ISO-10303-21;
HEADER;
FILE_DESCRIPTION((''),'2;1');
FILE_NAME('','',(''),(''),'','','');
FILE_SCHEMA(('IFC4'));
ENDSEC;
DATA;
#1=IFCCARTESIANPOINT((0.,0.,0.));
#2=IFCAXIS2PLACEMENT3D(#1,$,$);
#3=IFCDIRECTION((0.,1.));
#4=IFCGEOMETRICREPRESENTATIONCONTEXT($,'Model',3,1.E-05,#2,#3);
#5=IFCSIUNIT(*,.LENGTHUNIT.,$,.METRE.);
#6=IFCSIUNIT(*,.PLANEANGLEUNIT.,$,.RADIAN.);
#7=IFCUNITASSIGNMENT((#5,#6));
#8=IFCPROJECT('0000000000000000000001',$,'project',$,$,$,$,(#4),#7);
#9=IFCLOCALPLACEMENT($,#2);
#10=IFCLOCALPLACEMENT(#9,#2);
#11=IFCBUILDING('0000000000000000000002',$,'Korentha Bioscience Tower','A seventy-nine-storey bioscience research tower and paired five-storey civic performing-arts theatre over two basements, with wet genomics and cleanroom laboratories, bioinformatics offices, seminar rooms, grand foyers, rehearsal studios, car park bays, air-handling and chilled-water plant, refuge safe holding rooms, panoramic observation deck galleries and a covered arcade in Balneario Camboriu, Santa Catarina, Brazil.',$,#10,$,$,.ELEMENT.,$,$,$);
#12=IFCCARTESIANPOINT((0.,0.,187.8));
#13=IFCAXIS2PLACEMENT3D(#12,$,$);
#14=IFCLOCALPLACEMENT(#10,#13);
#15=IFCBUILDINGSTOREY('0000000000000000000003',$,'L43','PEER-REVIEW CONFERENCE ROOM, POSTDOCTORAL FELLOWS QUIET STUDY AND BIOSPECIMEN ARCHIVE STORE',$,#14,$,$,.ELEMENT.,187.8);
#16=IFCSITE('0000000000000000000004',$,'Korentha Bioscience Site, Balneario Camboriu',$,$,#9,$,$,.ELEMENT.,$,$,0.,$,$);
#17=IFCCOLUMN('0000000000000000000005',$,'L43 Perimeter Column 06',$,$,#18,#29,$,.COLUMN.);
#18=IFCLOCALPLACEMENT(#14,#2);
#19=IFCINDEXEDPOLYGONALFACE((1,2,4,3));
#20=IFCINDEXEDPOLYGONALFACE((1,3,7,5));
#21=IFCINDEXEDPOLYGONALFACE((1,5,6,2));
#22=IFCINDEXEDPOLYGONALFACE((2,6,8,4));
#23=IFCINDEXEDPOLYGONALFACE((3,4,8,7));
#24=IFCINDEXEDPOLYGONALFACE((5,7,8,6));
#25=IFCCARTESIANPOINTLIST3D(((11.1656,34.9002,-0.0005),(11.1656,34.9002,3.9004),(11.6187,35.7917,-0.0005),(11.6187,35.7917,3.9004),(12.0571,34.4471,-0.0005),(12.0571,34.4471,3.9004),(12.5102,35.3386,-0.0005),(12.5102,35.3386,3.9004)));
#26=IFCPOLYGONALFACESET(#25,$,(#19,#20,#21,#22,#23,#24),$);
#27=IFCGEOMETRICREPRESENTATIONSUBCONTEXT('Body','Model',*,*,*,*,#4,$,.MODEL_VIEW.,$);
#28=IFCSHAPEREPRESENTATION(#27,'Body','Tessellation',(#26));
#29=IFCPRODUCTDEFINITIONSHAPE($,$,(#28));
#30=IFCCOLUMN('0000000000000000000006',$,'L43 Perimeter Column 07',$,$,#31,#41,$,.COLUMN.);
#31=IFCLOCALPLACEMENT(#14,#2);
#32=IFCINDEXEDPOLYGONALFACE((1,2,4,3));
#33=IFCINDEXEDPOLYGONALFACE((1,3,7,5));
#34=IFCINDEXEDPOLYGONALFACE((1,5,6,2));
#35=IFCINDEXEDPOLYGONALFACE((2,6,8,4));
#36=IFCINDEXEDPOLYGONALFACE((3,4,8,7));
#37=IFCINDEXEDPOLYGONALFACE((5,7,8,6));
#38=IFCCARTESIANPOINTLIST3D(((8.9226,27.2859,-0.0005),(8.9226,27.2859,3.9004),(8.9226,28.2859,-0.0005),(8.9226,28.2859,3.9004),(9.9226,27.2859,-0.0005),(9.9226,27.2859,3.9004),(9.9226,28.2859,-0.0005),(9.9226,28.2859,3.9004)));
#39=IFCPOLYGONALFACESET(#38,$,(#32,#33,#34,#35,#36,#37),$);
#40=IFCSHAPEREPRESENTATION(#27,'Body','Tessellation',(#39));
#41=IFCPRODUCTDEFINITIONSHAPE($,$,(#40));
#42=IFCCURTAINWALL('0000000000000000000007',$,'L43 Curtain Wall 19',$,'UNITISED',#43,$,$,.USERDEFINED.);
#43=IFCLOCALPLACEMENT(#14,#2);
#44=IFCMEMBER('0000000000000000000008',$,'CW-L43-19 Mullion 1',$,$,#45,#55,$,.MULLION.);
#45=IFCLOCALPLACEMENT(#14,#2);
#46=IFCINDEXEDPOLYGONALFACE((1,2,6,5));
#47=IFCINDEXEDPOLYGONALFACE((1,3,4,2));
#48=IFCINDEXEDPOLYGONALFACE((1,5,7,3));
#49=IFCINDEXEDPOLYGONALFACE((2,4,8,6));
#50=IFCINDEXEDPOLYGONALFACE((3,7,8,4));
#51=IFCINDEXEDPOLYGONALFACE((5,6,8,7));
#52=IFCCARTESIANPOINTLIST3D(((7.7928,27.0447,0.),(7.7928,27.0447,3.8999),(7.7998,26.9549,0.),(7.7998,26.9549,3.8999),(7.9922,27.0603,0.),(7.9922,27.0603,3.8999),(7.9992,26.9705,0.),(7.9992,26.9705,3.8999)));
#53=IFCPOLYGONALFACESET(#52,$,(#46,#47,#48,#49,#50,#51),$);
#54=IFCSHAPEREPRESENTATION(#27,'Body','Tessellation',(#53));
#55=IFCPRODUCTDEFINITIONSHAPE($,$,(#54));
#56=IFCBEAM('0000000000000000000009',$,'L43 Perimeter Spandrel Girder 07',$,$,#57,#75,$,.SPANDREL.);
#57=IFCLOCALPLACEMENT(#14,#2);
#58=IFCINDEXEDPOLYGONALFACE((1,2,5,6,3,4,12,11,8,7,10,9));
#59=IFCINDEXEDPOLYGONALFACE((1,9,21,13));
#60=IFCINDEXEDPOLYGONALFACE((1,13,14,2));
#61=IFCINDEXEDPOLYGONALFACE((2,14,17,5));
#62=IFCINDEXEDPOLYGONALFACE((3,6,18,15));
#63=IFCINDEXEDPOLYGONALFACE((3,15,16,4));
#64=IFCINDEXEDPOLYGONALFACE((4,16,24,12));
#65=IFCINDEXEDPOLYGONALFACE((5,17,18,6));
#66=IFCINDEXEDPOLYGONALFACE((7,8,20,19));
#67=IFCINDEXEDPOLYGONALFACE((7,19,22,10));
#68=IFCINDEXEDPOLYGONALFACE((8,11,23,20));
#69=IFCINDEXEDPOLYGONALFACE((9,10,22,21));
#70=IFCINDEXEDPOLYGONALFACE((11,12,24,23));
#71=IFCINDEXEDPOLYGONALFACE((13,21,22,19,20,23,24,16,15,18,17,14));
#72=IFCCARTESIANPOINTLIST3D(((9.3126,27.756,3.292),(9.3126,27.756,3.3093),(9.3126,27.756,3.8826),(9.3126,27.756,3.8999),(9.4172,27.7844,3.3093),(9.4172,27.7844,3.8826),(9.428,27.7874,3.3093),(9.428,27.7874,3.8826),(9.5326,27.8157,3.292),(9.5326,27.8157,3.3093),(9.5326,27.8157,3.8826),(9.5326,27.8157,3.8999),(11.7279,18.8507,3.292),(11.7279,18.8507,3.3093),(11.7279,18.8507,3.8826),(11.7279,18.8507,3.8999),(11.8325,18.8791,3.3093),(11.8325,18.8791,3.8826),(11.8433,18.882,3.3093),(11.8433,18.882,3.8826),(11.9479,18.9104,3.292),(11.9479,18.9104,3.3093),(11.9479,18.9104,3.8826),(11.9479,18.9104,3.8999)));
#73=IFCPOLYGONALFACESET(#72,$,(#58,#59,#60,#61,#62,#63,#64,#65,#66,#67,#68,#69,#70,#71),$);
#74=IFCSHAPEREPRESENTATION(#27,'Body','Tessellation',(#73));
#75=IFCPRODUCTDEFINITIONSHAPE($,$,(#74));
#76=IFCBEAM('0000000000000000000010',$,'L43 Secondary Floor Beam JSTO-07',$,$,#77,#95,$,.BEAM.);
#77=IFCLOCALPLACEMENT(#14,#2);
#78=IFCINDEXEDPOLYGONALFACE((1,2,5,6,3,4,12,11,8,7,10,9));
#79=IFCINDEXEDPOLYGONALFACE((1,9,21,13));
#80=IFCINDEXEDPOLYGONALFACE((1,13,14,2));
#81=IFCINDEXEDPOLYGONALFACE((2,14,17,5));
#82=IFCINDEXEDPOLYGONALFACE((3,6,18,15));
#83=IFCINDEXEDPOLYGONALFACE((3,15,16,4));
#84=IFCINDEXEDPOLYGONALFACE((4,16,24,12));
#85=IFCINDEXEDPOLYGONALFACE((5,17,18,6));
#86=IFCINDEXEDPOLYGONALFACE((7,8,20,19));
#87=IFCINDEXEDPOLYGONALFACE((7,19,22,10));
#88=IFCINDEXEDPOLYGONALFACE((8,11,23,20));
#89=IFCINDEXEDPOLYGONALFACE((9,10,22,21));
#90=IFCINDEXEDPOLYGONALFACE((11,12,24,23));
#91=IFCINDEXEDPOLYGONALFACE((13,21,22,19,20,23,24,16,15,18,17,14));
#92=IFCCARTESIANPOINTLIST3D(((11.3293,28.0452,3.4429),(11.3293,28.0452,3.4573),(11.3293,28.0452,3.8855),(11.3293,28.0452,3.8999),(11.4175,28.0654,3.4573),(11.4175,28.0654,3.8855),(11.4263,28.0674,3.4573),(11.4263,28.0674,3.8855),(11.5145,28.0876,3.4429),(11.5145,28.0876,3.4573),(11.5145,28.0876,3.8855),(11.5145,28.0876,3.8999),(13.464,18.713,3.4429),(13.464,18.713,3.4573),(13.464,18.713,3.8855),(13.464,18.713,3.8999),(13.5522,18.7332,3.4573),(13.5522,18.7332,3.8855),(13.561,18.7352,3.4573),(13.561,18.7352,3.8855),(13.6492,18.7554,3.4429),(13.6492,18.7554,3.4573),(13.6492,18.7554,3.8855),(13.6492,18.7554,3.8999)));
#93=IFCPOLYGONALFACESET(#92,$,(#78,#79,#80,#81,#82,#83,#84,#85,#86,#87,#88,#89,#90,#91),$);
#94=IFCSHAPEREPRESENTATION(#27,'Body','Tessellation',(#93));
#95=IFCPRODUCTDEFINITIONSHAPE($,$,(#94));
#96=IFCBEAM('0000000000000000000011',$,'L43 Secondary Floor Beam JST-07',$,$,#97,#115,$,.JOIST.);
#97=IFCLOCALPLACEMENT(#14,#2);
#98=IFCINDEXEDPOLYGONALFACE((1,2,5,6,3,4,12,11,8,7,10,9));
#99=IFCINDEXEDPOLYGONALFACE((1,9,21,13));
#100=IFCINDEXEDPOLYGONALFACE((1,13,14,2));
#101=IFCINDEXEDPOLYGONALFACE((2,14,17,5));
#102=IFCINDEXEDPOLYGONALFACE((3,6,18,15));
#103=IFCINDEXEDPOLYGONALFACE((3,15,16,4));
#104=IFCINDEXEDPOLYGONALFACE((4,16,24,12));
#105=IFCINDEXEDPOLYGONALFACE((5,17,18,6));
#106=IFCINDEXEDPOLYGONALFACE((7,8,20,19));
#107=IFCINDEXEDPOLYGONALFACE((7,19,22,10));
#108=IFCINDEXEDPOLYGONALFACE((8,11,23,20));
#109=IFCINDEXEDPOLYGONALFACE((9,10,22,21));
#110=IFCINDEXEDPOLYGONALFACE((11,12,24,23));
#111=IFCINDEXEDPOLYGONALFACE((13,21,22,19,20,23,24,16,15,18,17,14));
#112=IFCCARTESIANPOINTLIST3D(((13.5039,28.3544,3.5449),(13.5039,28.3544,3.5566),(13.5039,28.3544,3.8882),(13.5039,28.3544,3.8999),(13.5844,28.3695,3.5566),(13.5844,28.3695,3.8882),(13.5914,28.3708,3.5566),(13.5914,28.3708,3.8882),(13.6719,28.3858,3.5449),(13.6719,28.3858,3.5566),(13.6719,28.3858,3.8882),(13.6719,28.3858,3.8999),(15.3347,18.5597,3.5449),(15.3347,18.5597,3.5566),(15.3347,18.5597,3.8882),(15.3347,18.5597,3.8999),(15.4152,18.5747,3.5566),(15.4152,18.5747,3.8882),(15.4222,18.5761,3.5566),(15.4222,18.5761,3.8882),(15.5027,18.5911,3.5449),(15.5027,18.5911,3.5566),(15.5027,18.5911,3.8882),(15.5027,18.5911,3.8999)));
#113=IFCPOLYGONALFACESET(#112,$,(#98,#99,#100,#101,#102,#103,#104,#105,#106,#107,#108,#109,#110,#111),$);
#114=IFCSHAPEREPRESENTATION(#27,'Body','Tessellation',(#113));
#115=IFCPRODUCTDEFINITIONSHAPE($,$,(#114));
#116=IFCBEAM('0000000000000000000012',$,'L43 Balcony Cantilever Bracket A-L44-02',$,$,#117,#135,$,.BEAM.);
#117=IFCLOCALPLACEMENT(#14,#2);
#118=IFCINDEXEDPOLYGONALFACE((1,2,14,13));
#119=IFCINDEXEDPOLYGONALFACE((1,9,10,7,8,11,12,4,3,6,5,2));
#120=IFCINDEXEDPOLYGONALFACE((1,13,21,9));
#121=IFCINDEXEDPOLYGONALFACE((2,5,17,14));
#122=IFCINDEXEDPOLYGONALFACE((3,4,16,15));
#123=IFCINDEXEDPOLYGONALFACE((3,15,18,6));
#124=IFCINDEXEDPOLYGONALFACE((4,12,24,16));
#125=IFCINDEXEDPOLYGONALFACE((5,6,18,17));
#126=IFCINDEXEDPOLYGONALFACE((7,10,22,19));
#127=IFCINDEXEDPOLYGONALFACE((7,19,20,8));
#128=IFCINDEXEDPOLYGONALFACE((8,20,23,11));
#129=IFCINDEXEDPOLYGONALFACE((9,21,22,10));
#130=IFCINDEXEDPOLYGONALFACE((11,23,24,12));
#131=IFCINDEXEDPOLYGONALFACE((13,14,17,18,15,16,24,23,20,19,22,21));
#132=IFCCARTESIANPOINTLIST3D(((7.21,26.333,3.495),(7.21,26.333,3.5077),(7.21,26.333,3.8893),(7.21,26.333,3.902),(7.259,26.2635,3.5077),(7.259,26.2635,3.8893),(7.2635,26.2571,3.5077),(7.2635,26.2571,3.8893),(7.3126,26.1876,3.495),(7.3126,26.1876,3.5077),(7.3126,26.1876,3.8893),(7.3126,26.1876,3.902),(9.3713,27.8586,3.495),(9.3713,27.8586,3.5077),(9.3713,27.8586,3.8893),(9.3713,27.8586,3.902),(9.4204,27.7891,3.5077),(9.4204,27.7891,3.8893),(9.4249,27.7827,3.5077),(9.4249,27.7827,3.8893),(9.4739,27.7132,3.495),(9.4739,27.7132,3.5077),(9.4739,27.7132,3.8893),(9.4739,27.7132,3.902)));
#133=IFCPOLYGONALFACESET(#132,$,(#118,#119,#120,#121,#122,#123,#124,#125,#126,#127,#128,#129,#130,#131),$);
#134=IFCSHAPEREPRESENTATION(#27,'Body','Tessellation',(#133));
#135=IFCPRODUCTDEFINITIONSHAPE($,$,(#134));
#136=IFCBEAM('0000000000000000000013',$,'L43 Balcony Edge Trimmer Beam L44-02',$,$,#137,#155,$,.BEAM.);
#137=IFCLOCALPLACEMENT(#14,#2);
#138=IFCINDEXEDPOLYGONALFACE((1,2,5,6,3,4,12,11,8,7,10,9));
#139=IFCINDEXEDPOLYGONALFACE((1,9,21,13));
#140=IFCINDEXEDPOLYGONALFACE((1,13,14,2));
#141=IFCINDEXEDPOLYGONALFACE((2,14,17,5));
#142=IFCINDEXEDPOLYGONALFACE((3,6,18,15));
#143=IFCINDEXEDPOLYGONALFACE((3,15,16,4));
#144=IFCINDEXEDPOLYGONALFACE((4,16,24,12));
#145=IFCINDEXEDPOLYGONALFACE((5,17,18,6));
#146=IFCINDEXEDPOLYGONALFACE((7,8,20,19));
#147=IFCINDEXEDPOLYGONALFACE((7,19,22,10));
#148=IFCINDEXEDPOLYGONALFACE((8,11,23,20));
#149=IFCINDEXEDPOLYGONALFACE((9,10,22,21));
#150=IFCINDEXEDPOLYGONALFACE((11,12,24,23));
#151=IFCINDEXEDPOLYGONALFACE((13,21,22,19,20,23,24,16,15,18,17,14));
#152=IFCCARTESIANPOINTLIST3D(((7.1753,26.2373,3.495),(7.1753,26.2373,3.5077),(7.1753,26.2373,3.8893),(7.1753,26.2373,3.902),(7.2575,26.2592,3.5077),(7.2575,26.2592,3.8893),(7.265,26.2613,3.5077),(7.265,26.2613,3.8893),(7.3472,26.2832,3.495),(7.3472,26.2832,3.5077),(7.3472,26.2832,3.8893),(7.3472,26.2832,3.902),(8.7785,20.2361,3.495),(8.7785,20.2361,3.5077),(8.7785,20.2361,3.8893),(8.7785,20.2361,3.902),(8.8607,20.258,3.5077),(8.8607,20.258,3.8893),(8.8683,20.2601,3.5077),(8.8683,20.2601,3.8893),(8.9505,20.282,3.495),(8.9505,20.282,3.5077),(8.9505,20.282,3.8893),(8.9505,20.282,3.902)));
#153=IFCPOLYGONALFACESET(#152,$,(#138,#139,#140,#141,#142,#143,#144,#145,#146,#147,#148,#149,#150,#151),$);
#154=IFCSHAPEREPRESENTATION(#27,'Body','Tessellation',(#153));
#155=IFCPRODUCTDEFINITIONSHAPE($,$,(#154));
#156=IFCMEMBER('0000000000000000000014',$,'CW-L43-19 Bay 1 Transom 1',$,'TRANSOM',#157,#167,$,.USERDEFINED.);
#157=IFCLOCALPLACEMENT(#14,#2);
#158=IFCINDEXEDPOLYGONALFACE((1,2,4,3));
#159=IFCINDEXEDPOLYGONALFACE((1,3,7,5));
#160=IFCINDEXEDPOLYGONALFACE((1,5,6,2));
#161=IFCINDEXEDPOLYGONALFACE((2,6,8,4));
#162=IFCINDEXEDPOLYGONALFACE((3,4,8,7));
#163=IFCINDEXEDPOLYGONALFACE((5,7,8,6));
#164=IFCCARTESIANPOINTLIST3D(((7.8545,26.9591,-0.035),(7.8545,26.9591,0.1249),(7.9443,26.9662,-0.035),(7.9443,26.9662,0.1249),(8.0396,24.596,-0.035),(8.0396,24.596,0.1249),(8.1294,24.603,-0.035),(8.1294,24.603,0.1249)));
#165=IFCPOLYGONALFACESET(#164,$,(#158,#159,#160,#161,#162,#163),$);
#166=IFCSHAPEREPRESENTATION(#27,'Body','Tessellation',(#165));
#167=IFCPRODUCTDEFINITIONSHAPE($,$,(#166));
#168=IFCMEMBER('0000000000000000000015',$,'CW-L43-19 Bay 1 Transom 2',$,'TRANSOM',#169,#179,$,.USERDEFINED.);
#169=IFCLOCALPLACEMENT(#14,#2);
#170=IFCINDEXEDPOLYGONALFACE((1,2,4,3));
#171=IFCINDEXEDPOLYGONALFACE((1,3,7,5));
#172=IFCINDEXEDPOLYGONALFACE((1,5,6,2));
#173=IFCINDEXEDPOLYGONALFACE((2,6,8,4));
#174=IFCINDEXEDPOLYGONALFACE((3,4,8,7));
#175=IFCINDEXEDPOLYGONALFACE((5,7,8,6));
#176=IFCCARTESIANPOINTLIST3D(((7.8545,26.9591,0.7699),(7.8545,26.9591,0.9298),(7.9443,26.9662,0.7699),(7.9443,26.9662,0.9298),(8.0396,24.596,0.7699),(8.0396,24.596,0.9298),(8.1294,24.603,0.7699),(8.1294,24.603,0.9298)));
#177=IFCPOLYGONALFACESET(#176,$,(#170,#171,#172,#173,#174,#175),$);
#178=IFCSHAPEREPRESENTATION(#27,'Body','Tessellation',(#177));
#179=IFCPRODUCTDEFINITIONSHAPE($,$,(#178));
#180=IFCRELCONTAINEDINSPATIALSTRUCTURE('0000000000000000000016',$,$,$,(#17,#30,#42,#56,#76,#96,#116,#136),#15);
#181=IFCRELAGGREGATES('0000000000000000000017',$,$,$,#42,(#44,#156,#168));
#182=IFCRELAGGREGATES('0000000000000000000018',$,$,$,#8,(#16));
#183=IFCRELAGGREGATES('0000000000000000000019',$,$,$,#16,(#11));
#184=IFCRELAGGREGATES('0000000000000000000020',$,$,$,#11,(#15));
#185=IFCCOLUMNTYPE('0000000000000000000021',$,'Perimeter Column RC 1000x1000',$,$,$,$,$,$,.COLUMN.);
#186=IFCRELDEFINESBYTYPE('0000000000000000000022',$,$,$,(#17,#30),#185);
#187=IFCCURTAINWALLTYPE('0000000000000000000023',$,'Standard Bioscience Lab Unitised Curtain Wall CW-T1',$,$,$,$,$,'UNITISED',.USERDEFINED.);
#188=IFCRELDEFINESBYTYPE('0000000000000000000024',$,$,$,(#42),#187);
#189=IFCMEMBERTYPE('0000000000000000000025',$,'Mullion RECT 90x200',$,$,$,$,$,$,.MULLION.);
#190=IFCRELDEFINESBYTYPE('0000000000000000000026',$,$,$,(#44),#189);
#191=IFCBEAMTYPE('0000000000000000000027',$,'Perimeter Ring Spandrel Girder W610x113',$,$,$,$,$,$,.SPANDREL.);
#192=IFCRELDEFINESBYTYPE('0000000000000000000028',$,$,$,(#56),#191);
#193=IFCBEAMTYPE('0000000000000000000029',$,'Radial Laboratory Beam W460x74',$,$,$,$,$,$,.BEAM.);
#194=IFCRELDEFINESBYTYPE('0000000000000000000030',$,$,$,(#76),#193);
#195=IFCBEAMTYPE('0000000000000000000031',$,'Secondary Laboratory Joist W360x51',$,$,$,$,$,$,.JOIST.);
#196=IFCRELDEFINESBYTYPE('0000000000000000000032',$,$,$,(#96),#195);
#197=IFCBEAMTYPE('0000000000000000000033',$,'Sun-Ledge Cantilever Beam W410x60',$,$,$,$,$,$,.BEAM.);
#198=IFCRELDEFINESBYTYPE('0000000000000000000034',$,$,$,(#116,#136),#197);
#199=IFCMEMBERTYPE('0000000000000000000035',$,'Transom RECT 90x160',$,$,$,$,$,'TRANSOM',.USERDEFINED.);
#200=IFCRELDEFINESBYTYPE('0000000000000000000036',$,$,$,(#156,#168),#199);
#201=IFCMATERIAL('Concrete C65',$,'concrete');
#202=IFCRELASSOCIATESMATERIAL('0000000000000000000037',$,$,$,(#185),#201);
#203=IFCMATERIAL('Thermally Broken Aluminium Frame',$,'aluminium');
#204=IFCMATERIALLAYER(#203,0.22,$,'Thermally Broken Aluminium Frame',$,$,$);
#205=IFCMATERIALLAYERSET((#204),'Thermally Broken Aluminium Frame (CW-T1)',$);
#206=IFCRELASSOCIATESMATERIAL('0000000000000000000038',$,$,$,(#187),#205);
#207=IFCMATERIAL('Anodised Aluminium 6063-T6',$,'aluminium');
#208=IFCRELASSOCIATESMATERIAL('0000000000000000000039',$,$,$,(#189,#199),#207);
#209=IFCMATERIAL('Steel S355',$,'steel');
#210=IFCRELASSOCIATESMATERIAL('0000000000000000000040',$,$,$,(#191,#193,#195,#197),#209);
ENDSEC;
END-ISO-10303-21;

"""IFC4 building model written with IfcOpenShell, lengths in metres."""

from ifc_helpers import new_model, si_unit, direction, frame, origin, origin_2d, place, context, subcontext, project, spatial, rectangle, i_section, extrude, material, layer, layer_set, material_profile, profile_set, type_object, element, aggregate, save


model = new_model("IFC4")

# Units and contexts
model_context = context("Model", 3, precision=1e-05, world=origin(), true_north=direction((0.0, 1.0)))
body_context = subcontext(model_context, "Body", "Model", "MODEL_VIEW")
ifc_project = project(units=[si_unit("LENGTHUNIT", "METRE"), si_unit("PLANEANGLEUNIT", "RADIAN")], contexts=[model_context])

# Site, building, storey
site_placement = place(None, origin())
site = spatial("IfcSite", under=ifc_project, at=site_placement, Name="Korentha Bioscience Site, Balneario Camboriu", CompositionType="ELEMENT", RefElevation=0.0)
building_placement = place(site_placement, origin())
building = spatial("IfcBuilding", under=site, at=building_placement, Name="Korentha Bioscience Tower", Description="A seventy-nine-storey bioscience research tower and paired five-storey civic performing-arts theatre over two basements, with wet genomics and cleanroom laboratories, bioinformatics offices, seminar rooms, grand foyers, rehearsal studios, car park bays, air-handling and chilled-water plant, refuge safe holding rooms, panoramic observation deck galleries and a covered arcade in Balneario Camboriu, Santa Catarina, Brazil.", CompositionType="ELEMENT")
storey_placement = place(building_placement, frame((0.0, 0.0, 187.8)))
storey = spatial("IfcBuildingStorey", under=building, at=storey_placement, Name="L43", Description="PEER-REVIEW CONFERENCE ROOM, POSTDOCTORAL FELLOWS QUIET STUDY AND BIOSPECIMEN ARCHIVE STORE", CompositionType="ELEMENT", Elevation=187.8)

# Columns
ifc_material_1 = material(Name="Concrete C65", Category="concrete")
ifc_material_profile_1 = material_profile(ifc_material_1, rectangle(XDim=1.0, YDim=1.0, at=origin_2d()), Name="Concrete C65")
ifc_profile_set_1 = profile_set([ifc_material_profile_1], Name="Concrete C65 (COL-P10)")
column_type = type_object("IfcColumnType", Name="Perimeter Column RC 1000x1000", PredefinedType="COLUMN", material=ifc_profile_set_1)
for number, where, z_axis, x_axis, name in (
    (1, (11.8379, 35.1194, -0.0005), (0.0, 0.0, 1.0), (0.453057, 0.891481, 0.0), "L43 Perimeter Column 06"),
    (2, (9.4226, 27.7859, -0.0005), (0.0, 0.0, 1.0), (0.0, 1.0, 0.0), "L43 Perimeter Column 07"),
):
    element("IfcColumn", number, at=place(storey_placement, frame(where, z_axis=z_axis, x_axis=x_axis)), inside=storey, type_object=column_type, Name=name, PredefinedType="COLUMN", context=body_context, shape_type="SweptSolid", body=[
        extrude(rectangle(XDim=1.0, YDim=1.0, at=origin_2d()), origin(), (0.0, 0.0, 1.0), 3.9009),
    ])

# Curtain wall, member
ifc_material_2 = material(Name="Thermally Broken Aluminium Frame", Category="aluminium")
ifc_layer_1 = layer(ifc_material_2, 0.22, Name="Thermally Broken Aluminium Frame")
ifc_layer_set_1 = layer_set([ifc_layer_1], Name="Thermally Broken Aluminium Frame (CW-T1)")
curtain_wall_type = type_object("IfcCurtainWallType", Name="Standard Bioscience Lab Unitised Curtain Wall CW-T1", ElementType="UNITISED", PredefinedType="USERDEFINED", material=ifc_layer_set_1)
curtain_wall_placement = place(storey_placement, origin())
curtain_wall = element("IfcCurtainWall", 3, at=curtain_wall_placement, inside=storey, type_object=curtain_wall_type, Name="L43 Curtain Wall 19", ObjectType="UNITISED", PredefinedType="USERDEFINED")
ifc_material_3 = material(Name="Anodised Aluminium 6063-T6", Category="aluminium")
ifc_material_profile_2 = material_profile(ifc_material_3, rectangle(XDim=0.0901, YDim=0.2, at=origin_2d()), Name="Anodised Aluminium 6063-T6")
ifc_profile_set_2 = profile_set([ifc_material_profile_2], Name="Anodised Aluminium 6063-T6 (CW-MUL)")
member_type_1 = type_object("IfcMemberType", Name="Mullion RECT 90x200", PredefinedType="MULLION", material=ifc_profile_set_2)
member_1_placement = place(storey_placement, frame((7.896, 27.0076, 0.0), z_axis=(0.0, 0.0, 1.0), x_axis=(0.078031, -0.996951, 0.0)))
member_1 = element("IfcMember", 4, at=member_1_placement, type_object=member_type_1, Name="CW-L43-19 Mullion 1", PredefinedType="MULLION", context=body_context, shape_type="SweptSolid", body=[
    extrude(rectangle(XDim=0.0901, YDim=0.2, at=origin_2d()), origin(), (0.0, 0.0, 1.0), 3.8999),
])

# Beams
ifc_material_4 = material(Name="Steel S355", Category="steel")
ifc_material_profile_3 = material_profile(ifc_material_4, i_section(OverallWidth=0.228, OverallDepth=0.6079, WebThickness=0.0112, FlangeThickness=0.0173, at=origin_2d()), Name="Steel S355")
ifc_profile_set_3 = profile_set([ifc_material_profile_3], Name="Steel S355 (SB-610)")
beam_type_1 = type_object("IfcBeamType", Name="Perimeter Ring Spandrel Girder W610x113", PredefinedType="SPANDREL", material=ifc_profile_set_3)
beam_1_placement = place(storey_placement, frame((9.4226, 27.7859, 3.5959), z_axis=(0.261763, -0.965132, 0.0), x_axis=(0.965132, 0.261763, 0.0)))
element("IfcBeam", 5, at=beam_1_placement, inside=storey, type_object=beam_type_1, Name="L43 Perimeter Spandrel Girder 07", PredefinedType="SPANDREL", context=body_context, shape_type="SweptSolid", body=[
    extrude(i_section(OverallWidth=0.228, OverallDepth=0.6079, WebThickness=0.0112, FlangeThickness=0.0173, at=origin_2d()), origin(), (0.0, 0.0, 1.0), 9.2271),
])
ifc_material_profile_4 = material_profile(ifc_material_4, i_section(OverallWidth=0.1899, OverallDepth=0.457, WebThickness=0.009, FlangeThickness=0.0144, at=origin_2d()), Name="Steel S355")
ifc_profile_set_4 = profile_set([ifc_material_profile_4], Name="Steel S355 (RB-460)")
beam_type_2 = type_object("IfcBeamType", Name="Radial Laboratory Beam W460x74", PredefinedType="BEAM", material=ifc_profile_set_4)
beam_2_placement = place(storey_placement, frame((11.4219, 28.0664, 3.6714), z_axis=(0.222991, -0.974821, 0.0), x_axis=(0.974821, 0.222991, 0.0)))
element("IfcBeam", 6, at=beam_2_placement, inside=storey, type_object=beam_type_2, Name="L43 Secondary Floor Beam JSTO-07", PredefinedType="BEAM", context=body_context, shape_type="SweptSolid", body=[
    extrude(i_section(OverallWidth=0.1899, OverallDepth=0.457, WebThickness=0.009, FlangeThickness=0.0144, at=origin_2d()), origin(), (0.0, 0.0, 1.0), 9.5732),
])
ifc_material_profile_5 = material_profile(ifc_material_4, i_section(OverallWidth=0.1709, OverallDepth=0.355, WebThickness=0.0071, FlangeThickness=0.0117, at=origin_2d()), Name="Steel S355")
ifc_profile_set_5 = profile_set([ifc_material_profile_5], Name="Steel S355 (JB-360)")
beam_type_3 = type_object("IfcBeamType", Name="Secondary Laboratory Joist W360x51", PredefinedType="JOIST", material=ifc_profile_set_5)
beam_3_placement = place(storey_placement, frame((13.5879, 28.3701, 3.7224), z_axis=(0.183737, -0.982975, 0.0), x_axis=(0.982975, 0.183737, 0.0)))
element("IfcBeam", 7, at=beam_3_placement, inside=storey, type_object=beam_type_3, Name="L43 Secondary Floor Beam JST-07", PredefinedType="JOIST", context=body_context, shape_type="SweptSolid", body=[
    extrude(i_section(OverallWidth=0.1709, OverallDepth=0.355, WebThickness=0.0071, FlangeThickness=0.0117, at=origin_2d()), origin(), (0.0, 0.0, 1.0), 9.9644),
])
ifc_material_profile_6 = material_profile(ifc_material_4, i_section(OverallWidth=0.178, OverallDepth=0.407, WebThickness=0.0078, FlangeThickness=0.0127, at=origin_2d()), Name="Steel S355")
ifc_profile_set_6 = profile_set([ifc_material_profile_6], Name="Steel S355 (CB-410)")
beam_type_4 = type_object("IfcBeamType", Name="Sun-Ledge Cantilever Beam W410x60", PredefinedType="BEAM", material=ifc_profile_set_6)
beam_4_placement = place(storey_placement, frame((9.4226, 27.7859, 3.6985), z_axis=(-0.816976, -0.576672, 0.0), x_axis=(0.576672, -0.816976, 0.0)))
element("IfcBeam", 8, at=beam_4_placement, inside=storey, type_object=beam_type_4, Name="L43 Balcony Cantilever Bracket A-L44-02", PredefinedType="BEAM", context=body_context, shape_type="SweptSolid", body=[
    extrude(i_section(OverallWidth=0.178, OverallDepth=0.407, WebThickness=0.0078, FlangeThickness=0.0127, at=origin_2d()), origin(), (0.0, 0.0, 1.0), 2.6455),
])
beam_5_placement = place(storey_placement, frame((7.2612, 26.2603, 3.6985), z_axis=(0.258105, -0.966117, 0.0), x_axis=(0.966117, 0.258105, 0.0)))
element("IfcBeam", 9, at=beam_5_placement, inside=storey, type_object=beam_type_4, Name="L43 Balcony Edge Trimmer Beam L44-02", PredefinedType="BEAM", context=body_context, shape_type="SweptSolid", body=[
    extrude(i_section(OverallWidth=0.178, OverallDepth=0.407, WebThickness=0.0078, FlangeThickness=0.0127, at=origin_2d()), origin(), (0.0, 0.0, 1.0), 6.2117),
])

# Members
ifc_material_profile_7 = material_profile(ifc_material_3, rectangle(XDim=0.0901, YDim=0.1599, at=origin_2d()), Name="Anodised Aluminium 6063-T6")
ifc_profile_set_7 = profile_set([ifc_material_profile_7], Name="Anodised Aluminium 6063-T6 (CW-TRN)")
member_type_2 = type_object("IfcMemberType", Name="Transom RECT 90x160", ElementType="TRANSOM", PredefinedType="USERDEFINED", material=ifc_profile_set_7)
member_2_placement = place(storey_placement, frame((7.8994, 26.9626, 0.0449), z_axis=(0.078075, -0.996948, 0.0), x_axis=(0.996948, 0.078075, 0.0)))
member_2 = element("IfcMember", 10, at=member_2_placement, type_object=member_type_2, Name="CW-L43-19 Bay 1 Transom 1", ObjectType="TRANSOM", PredefinedType="USERDEFINED", context=body_context, shape_type="SweptSolid", body=[
    extrude(rectangle(XDim=0.0901, YDim=0.1599, at=origin_2d()), origin(), (0.0, 0.0, 1.0), 2.3704),
])
member_3_placement = place(storey_placement, frame((7.8994, 26.9626, 0.8499), z_axis=(0.078075, -0.996948, 0.0), x_axis=(0.996948, 0.078075, 0.0)))
member_3 = element("IfcMember", 11, at=member_3_placement, type_object=member_type_2, Name="CW-L43-19 Bay 1 Transom 2", ObjectType="TRANSOM", PredefinedType="USERDEFINED", context=body_context, shape_type="SweptSolid", body=[
    extrude(rectangle(XDim=0.0901, YDim=0.1599, at=origin_2d()), origin(), (0.0, 0.0, 1.0), 2.3704),
])

aggregate(curtain_wall, [member_1, member_2, member_3])

save(model, "model.ifc")
